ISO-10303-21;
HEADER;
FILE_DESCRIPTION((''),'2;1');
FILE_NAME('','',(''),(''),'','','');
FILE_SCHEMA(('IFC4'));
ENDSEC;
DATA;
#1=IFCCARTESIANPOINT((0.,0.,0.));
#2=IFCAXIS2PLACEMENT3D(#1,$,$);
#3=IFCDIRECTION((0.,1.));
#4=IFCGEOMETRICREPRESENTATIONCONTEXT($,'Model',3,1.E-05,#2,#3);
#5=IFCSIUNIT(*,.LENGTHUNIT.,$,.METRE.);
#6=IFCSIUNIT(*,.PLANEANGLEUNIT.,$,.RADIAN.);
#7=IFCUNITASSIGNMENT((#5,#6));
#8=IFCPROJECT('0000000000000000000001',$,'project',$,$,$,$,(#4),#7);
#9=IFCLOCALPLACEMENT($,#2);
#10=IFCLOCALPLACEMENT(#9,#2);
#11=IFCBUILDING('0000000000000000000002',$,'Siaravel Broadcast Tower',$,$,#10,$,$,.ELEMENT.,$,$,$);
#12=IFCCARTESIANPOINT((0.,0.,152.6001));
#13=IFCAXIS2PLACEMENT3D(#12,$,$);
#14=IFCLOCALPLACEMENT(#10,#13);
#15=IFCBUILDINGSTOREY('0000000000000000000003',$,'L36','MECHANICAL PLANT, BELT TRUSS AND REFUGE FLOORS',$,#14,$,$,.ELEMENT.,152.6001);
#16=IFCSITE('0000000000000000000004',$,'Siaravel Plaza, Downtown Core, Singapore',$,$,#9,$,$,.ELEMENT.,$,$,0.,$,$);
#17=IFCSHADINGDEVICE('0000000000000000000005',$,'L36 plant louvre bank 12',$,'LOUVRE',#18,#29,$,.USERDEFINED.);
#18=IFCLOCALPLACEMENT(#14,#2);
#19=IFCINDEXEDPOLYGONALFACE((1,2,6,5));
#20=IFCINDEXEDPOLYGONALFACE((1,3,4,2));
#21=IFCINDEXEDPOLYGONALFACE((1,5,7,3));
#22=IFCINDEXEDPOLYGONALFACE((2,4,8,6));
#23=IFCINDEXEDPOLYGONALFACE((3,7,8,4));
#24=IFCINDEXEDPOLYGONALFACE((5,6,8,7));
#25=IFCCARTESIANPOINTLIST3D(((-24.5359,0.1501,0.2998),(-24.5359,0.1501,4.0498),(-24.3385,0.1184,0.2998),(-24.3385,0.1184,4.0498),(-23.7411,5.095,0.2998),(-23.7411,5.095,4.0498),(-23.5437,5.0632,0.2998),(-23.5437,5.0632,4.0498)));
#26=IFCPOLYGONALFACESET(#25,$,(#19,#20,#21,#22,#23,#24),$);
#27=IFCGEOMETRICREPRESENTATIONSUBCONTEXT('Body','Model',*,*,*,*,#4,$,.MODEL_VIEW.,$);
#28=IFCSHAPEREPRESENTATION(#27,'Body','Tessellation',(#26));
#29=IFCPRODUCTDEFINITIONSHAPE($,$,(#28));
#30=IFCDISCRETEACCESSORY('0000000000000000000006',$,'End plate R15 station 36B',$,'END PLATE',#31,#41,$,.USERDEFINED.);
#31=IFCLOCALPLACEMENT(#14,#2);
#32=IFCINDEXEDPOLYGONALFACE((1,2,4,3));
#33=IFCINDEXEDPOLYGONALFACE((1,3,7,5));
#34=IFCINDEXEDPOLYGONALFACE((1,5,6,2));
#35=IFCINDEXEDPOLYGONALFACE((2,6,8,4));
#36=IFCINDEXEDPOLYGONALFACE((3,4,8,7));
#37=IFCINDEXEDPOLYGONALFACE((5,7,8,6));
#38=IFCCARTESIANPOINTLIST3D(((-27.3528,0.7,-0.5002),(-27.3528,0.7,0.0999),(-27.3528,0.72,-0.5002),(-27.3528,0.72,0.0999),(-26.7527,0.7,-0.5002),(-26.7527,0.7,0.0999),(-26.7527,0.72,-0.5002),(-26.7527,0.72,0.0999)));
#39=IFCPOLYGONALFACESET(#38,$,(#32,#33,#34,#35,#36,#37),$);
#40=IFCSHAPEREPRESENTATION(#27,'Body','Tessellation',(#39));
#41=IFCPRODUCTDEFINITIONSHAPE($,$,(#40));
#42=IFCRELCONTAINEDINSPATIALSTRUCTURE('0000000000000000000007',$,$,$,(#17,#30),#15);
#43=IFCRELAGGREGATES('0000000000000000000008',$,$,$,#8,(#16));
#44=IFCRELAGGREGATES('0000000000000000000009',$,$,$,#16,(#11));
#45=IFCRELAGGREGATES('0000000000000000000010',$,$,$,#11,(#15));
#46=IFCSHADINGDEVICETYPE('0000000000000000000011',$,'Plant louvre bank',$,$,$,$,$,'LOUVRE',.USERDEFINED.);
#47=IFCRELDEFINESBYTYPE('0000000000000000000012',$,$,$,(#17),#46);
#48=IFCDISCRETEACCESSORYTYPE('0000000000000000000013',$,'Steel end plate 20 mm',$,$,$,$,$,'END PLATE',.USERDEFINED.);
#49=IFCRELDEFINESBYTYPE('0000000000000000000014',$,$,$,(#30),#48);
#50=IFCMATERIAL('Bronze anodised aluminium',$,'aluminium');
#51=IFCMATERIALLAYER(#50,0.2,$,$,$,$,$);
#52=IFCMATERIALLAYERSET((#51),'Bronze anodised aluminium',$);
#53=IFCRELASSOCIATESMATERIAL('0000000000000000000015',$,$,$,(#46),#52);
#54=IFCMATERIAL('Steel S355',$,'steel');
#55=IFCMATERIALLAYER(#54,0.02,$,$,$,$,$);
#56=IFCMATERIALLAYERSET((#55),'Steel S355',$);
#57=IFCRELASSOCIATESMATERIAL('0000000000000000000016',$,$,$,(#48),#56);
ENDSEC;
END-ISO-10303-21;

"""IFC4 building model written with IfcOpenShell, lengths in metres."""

from ifc_helpers import new_model, si_unit, direction, frame, origin, origin_2d, place, context, subcontext, project, spatial, rectangle, extrude, material, layer, layer_set, type_object, element, save


model = new_model("IFC4")

# Units and contexts
model_context = context("Model", 3, precision=1e-05, world=origin(), true_north=direction((0.0, 1.0)))
body_context = subcontext(model_context, "Body", "Model", "MODEL_VIEW")
ifc_project = project(units=[si_unit("LENGTHUNIT", "METRE"), si_unit("PLANEANGLEUNIT", "RADIAN")], contexts=[model_context])

# Site, building, storey
site_placement = place(None, origin())
site = spatial("IfcSite", under=ifc_project, at=site_placement, Name="Siaravel Plaza, Downtown Core, Singapore", CompositionType="ELEMENT", RefElevation=0.0)
building_placement = place(site_placement, origin())
building = spatial("IfcBuilding", under=site, at=building_placement, Name="Siaravel Broadcast Tower", CompositionType="ELEMENT")
storey_placement = place(building_placement, frame((0.0, 0.0, 152.6001)))
storey = spatial("IfcBuildingStorey", under=building, at=storey_placement, Name="L36", Description="MECHANICAL PLANT, BELT TRUSS AND REFUGE FLOORS", CompositionType="ELEMENT", Elevation=152.6001)

# Shared definitions
ifc_material_1 = material(Name="Steel S355", Category="steel")

# Shading device
ifc_material_2 = material(Name="Bronze anodised aluminium", Category="aluminium")
ifc_layer_1 = layer(ifc_material_2, 0.2)
ifc_layer_set_1 = layer_set([ifc_layer_1], Name="Bronze anodised aluminium")
shading_device_type = type_object("IfcShadingDeviceType", Name="Plant louvre bank", ElementType="LOUVRE", PredefinedType="USERDEFINED", material=ifc_layer_set_1)
shading_device_1_placement = place(storey_placement, frame((-24.0398, 2.6067, 0.2998), z_axis=(0.0, 0.0, 1.0), x_axis=(-0.158685, -0.987329, 0.0)))
element("IfcShadingDevice", 1, at=shading_device_1_placement, inside=storey, type_object=shading_device_type, Name="L36 plant louvre bank 12", ObjectType="LOUVRE", PredefinedType="USERDEFINED", context=body_context, shape_type="SweptSolid", body=[
    extrude(rectangle(XDim=5.0083, YDim=0.2, at=origin_2d()), origin(), (0.0, 0.0, 1.0), 3.75),
])

# Discrete accessory
ifc_layer_2 = layer(ifc_material_1, 0.02)
ifc_layer_set_2 = layer_set([ifc_layer_2], Name="Steel S355")
discrete_accessory_type = type_object("IfcDiscreteAccessoryType", Name="Steel end plate 20 mm", ElementType="END PLATE", PredefinedType="USERDEFINED", material=ifc_layer_set_2)
discrete_accessory_placement = place(storey_placement, frame((-27.0527, 0.71, -0.5002), z_axis=(0.0, 0.0, 1.0), x_axis=(0.0, -1.0, 0.0)))
element("IfcDiscreteAccessory", 2, at=discrete_accessory_placement, inside=storey, type_object=discrete_accessory_type, Name="End plate R15 station 36B", ObjectType="END PLATE", PredefinedType="USERDEFINED", context=body_context, shape_type="SweptSolid", body=[
    extrude(rectangle(XDim=0.02, YDim=0.6001, at=origin_2d()), origin(), (0.0, 0.0, 1.0), 0.6001),
])

save(model, "model.ifc")
